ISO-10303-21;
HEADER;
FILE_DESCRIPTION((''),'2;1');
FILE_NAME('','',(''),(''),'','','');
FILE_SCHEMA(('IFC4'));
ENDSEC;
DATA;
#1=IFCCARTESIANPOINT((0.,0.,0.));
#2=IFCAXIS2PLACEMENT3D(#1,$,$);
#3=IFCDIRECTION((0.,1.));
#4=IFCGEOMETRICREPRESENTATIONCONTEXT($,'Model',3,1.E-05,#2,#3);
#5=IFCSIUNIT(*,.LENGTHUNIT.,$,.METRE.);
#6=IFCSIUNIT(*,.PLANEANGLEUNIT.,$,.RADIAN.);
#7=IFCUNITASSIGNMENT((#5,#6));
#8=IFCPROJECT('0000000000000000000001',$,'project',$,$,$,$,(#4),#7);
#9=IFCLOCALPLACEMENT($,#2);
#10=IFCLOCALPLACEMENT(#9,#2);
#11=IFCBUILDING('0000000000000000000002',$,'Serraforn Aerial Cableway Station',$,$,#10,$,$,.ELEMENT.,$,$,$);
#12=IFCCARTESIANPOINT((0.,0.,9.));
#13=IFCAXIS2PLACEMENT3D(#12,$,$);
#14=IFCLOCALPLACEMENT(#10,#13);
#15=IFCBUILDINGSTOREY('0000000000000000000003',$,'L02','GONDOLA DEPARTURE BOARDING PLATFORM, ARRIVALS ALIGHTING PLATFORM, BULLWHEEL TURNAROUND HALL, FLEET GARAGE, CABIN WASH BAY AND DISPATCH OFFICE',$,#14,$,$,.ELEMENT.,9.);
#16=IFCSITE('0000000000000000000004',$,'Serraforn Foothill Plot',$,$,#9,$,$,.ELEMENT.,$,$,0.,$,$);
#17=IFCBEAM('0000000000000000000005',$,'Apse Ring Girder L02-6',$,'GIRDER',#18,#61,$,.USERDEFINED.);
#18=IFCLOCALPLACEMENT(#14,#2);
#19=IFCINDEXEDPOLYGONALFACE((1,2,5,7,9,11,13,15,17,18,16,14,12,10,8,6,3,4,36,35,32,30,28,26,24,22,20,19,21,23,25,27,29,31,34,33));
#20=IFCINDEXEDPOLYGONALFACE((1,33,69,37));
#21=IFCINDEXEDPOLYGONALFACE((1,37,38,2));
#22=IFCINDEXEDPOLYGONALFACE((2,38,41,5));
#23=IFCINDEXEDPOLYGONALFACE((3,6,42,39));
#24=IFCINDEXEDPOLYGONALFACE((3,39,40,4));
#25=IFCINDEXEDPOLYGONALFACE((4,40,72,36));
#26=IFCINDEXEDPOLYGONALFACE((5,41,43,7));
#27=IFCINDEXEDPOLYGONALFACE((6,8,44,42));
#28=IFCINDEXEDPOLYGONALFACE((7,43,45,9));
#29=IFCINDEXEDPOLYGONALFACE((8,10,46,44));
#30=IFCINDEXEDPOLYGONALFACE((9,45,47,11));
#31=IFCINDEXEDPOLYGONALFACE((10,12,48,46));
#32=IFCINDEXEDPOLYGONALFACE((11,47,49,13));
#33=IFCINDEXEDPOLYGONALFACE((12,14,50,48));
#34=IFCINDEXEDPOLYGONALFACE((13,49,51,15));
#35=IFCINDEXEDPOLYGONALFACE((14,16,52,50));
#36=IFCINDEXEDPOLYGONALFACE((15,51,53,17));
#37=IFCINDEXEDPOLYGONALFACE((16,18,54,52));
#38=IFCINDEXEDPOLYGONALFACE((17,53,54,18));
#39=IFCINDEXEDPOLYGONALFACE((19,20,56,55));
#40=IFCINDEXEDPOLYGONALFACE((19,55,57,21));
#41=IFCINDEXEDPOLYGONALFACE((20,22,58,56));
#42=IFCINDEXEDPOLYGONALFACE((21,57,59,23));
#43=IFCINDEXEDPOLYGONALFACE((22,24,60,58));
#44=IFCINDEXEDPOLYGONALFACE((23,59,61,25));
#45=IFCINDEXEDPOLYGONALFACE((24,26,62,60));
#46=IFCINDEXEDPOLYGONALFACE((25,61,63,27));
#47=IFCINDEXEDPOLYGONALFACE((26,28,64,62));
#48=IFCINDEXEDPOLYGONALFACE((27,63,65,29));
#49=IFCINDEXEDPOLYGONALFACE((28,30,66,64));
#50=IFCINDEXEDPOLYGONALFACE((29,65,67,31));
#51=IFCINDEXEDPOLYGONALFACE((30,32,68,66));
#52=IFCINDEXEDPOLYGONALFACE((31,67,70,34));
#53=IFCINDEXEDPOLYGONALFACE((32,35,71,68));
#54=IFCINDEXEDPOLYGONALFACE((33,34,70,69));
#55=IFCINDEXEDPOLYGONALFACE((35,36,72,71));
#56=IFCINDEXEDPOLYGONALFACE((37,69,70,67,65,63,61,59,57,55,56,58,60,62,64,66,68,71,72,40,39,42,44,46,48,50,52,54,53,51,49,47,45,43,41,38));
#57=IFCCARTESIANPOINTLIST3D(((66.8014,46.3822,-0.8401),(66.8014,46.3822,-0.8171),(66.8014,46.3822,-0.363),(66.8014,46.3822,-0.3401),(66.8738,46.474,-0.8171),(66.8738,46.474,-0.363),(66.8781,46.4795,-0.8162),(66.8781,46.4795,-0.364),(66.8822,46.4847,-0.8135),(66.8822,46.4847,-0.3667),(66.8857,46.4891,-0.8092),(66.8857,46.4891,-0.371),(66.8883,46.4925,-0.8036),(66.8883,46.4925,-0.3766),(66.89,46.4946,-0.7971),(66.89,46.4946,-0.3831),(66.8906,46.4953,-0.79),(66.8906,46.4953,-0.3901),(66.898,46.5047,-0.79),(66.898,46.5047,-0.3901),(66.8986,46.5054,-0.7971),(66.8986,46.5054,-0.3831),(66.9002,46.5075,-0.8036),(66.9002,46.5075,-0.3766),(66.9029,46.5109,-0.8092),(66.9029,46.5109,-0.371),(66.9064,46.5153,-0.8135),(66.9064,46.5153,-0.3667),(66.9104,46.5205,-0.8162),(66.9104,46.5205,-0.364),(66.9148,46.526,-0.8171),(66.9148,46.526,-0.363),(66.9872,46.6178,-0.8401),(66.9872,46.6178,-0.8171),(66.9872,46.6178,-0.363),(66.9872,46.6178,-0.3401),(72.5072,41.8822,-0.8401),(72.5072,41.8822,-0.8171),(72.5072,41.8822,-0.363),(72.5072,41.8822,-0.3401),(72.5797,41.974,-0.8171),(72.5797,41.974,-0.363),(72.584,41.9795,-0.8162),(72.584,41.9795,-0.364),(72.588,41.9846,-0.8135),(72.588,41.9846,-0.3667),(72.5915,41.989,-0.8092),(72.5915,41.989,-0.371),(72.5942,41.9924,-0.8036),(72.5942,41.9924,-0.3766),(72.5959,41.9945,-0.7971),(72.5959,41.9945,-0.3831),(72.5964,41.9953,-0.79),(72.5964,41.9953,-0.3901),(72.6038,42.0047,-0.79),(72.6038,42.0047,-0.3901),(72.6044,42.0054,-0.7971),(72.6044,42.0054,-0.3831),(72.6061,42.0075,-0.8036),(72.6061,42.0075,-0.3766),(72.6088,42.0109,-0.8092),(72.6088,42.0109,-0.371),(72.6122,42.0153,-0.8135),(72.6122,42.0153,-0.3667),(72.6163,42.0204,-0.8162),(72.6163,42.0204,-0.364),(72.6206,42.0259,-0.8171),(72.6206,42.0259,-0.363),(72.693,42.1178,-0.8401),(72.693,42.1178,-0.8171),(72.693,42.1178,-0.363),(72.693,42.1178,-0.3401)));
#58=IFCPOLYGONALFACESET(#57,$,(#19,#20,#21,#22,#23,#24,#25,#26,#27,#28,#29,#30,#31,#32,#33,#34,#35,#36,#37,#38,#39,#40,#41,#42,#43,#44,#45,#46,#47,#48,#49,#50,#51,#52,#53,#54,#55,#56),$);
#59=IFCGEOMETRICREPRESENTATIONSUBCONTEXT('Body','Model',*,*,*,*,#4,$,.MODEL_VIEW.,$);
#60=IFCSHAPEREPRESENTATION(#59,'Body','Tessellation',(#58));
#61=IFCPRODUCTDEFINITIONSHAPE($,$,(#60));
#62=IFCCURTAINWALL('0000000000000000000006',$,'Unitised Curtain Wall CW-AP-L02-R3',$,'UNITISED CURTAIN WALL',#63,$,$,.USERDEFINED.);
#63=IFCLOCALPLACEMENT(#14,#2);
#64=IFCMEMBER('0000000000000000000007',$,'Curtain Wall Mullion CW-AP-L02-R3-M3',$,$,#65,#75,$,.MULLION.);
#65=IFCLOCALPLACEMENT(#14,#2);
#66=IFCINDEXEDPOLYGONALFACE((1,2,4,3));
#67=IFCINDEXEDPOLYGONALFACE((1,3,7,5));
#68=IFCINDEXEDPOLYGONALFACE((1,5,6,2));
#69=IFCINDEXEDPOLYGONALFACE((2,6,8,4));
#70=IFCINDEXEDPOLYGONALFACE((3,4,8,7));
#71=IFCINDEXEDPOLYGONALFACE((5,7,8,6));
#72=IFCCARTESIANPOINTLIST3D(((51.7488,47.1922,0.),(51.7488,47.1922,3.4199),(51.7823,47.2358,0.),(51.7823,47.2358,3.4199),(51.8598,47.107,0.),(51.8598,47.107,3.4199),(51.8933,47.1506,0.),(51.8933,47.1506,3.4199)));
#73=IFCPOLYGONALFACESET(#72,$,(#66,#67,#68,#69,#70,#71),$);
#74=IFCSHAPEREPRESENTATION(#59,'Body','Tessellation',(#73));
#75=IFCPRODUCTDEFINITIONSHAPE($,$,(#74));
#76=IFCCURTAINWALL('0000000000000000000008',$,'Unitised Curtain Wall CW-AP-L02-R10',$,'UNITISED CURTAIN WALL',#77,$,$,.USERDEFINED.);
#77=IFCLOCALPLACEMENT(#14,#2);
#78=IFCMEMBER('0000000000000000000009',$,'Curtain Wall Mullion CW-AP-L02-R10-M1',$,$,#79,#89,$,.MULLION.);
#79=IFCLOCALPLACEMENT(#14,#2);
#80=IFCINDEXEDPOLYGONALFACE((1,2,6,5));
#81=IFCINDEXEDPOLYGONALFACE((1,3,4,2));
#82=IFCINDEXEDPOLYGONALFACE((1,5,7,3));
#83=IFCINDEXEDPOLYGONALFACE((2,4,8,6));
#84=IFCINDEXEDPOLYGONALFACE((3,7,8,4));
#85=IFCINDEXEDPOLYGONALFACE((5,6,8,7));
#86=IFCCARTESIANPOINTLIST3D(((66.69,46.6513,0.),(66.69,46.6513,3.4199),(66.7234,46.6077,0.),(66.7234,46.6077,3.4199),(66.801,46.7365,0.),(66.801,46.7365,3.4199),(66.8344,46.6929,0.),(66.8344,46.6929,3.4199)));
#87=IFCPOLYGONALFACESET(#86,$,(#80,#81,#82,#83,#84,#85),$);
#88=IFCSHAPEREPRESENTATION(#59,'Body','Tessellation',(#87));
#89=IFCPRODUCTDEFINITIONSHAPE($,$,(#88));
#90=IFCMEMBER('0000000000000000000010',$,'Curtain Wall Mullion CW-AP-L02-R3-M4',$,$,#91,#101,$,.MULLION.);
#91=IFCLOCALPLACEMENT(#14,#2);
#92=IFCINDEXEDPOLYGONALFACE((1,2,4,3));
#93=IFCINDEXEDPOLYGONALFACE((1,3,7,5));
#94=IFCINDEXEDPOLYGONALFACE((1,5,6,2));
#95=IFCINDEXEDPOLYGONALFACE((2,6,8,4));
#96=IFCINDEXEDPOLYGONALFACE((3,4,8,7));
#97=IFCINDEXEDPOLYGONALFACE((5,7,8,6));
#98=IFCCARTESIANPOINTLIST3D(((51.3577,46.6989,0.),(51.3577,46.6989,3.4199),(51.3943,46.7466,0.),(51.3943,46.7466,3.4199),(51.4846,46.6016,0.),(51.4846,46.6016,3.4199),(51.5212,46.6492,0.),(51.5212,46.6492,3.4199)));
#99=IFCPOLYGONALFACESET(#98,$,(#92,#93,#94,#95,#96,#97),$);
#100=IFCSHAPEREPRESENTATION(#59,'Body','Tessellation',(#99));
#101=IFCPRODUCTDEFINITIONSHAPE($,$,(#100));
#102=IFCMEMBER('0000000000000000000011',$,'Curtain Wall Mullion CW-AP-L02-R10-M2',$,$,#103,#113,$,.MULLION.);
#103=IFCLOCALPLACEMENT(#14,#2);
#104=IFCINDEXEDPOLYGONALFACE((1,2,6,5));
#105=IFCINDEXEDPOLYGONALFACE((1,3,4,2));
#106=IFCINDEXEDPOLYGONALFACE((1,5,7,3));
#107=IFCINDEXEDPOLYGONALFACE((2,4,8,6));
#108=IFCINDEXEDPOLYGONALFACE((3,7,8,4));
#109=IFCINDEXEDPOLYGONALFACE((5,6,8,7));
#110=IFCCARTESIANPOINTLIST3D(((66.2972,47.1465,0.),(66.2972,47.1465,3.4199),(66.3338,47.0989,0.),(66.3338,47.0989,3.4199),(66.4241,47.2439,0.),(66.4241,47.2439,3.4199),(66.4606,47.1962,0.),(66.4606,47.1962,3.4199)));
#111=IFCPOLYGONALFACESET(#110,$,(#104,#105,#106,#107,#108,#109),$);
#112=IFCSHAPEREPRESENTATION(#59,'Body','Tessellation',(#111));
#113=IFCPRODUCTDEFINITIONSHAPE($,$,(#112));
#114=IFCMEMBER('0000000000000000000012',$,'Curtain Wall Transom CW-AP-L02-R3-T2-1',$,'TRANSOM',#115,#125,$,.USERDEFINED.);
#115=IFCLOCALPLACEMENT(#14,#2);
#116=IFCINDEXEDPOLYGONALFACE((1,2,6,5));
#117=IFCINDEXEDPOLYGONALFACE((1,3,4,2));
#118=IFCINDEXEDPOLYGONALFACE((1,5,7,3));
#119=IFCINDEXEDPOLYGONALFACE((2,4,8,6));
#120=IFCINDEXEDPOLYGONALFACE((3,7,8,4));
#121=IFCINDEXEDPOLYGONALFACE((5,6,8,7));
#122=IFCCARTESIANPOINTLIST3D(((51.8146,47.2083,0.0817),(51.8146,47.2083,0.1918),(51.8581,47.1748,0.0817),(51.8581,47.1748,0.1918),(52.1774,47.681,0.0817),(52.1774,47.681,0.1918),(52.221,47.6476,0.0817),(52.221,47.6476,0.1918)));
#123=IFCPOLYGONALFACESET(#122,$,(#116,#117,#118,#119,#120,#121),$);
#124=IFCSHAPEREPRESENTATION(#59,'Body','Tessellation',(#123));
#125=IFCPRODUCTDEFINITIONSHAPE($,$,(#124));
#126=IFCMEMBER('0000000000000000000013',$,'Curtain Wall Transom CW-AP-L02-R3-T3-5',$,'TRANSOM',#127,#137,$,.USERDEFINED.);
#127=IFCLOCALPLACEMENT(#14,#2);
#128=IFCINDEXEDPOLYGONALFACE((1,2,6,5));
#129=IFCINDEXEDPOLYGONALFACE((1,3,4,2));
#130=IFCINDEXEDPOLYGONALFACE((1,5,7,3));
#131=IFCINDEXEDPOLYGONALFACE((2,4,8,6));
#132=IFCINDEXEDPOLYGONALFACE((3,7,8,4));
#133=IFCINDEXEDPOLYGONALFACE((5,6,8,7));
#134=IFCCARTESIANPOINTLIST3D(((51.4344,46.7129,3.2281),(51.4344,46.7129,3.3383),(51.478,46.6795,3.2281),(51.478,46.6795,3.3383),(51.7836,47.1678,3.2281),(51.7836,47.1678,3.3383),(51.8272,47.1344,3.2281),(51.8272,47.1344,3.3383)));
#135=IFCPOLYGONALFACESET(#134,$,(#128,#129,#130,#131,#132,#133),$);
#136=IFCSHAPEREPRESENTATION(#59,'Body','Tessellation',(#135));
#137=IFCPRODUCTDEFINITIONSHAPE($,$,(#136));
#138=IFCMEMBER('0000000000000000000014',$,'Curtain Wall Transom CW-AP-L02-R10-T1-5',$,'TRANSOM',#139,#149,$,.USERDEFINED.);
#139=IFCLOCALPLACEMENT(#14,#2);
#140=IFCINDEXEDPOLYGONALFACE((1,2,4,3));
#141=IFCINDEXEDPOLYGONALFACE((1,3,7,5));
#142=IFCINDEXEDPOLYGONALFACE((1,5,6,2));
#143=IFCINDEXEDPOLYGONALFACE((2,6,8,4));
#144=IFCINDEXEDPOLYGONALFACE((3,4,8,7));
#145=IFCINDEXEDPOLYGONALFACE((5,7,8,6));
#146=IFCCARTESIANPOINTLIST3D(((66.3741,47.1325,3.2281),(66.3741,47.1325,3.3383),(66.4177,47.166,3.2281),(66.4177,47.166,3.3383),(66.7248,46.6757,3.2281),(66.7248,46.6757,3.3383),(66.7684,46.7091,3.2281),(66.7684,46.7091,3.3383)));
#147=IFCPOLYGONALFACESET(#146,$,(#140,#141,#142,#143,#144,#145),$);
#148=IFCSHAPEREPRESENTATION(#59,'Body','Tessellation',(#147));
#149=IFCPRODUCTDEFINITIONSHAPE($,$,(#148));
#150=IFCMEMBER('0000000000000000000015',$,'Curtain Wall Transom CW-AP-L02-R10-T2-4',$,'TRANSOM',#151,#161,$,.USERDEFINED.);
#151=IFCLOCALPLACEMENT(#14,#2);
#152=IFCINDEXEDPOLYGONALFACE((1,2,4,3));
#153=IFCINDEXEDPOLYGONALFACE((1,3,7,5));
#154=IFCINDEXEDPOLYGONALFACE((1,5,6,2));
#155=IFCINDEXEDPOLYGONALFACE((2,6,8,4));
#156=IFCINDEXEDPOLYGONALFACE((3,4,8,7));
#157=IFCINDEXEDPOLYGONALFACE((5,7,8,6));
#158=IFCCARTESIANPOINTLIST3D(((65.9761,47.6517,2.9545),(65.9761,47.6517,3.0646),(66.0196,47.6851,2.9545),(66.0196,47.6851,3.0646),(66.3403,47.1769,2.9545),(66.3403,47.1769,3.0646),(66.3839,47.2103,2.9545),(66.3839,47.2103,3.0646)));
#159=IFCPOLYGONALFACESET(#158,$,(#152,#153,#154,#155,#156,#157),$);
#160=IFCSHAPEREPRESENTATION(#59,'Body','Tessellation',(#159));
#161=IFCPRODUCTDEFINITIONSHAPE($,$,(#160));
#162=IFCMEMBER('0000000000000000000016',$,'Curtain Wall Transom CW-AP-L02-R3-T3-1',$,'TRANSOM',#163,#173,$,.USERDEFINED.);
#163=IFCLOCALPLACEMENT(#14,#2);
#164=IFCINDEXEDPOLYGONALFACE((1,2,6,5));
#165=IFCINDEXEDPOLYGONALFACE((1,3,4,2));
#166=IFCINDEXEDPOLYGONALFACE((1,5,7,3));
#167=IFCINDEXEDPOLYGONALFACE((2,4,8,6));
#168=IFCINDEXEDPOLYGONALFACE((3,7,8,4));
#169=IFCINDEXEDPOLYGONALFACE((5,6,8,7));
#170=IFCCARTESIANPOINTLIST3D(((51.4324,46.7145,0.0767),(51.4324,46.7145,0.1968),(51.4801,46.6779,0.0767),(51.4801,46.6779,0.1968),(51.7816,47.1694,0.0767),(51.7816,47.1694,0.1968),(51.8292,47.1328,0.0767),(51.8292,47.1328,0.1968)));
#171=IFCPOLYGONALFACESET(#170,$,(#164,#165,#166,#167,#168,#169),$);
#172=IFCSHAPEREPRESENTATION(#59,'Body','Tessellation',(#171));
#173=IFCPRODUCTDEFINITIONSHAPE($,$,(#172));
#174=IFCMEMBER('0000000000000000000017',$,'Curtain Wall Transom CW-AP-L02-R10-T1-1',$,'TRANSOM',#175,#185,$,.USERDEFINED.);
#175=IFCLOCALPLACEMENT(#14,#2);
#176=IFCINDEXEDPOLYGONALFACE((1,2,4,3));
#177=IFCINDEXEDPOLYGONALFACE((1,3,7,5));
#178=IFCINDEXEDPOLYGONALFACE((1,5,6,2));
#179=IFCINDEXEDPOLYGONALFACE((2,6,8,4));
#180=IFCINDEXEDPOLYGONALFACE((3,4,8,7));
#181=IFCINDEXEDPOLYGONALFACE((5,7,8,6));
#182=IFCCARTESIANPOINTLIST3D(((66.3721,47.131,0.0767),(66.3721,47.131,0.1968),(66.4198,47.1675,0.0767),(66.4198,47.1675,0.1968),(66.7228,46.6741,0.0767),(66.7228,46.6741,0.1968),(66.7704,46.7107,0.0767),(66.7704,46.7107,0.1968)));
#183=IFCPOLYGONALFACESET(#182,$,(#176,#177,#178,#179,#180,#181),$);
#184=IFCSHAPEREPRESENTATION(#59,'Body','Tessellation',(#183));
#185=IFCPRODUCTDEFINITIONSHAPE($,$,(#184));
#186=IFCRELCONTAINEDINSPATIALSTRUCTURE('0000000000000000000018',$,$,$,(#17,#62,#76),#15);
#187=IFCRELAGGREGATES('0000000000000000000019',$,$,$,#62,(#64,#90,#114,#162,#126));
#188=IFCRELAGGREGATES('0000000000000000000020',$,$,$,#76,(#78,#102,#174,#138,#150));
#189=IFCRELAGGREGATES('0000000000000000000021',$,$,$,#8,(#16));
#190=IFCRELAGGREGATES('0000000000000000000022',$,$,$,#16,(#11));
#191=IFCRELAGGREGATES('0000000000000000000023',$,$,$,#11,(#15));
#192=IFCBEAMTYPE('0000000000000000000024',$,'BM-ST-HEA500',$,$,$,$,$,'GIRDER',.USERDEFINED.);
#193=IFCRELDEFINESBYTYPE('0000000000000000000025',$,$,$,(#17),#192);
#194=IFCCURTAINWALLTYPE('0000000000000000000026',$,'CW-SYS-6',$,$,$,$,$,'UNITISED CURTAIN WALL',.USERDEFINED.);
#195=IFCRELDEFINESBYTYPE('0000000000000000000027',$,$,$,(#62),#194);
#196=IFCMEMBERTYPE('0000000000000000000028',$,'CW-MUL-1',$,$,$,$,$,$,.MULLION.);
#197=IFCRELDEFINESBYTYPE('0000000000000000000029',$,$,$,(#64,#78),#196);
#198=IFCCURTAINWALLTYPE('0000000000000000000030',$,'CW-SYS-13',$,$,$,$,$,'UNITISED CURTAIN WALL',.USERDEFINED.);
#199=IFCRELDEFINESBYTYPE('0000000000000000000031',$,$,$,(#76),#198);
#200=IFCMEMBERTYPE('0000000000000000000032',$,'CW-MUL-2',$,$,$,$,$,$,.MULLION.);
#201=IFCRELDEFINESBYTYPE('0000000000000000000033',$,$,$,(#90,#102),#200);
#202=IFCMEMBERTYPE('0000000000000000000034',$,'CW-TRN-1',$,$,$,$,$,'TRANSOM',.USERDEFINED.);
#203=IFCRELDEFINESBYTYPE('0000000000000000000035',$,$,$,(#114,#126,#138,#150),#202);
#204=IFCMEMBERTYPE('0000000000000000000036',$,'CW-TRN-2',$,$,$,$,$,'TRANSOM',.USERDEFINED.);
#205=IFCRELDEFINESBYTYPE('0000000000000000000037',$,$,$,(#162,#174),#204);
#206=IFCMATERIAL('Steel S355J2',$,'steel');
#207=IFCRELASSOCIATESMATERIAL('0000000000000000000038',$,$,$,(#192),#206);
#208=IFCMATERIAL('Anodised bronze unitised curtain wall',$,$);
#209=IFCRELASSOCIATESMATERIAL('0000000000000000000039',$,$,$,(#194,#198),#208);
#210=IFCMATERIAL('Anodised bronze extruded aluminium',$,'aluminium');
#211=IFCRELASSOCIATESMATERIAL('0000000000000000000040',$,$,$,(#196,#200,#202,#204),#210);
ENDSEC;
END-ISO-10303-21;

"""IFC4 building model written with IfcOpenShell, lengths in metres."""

from ifc_helpers import new_model, si_unit, direction, frame, origin, origin_2d, place, context, subcontext, project, spatial, rectangle, i_section, extrude, material, material_profile, profile_set, type_object, element, aggregate, save


model = new_model("IFC4")

# Units and contexts
model_context = context("Model", 3, precision=1e-05, world=origin(), true_north=direction((0.0, 1.0)))
body_context = subcontext(model_context, "Body", "Model", "MODEL_VIEW")
ifc_project = project(units=[si_unit("LENGTHUNIT", "METRE"), si_unit("PLANEANGLEUNIT", "RADIAN")], contexts=[model_context])

# Site, building, storey
site_placement = place(None, origin())
site = spatial("IfcSite", under=ifc_project, at=site_placement, Name="Serraforn Foothill Plot", CompositionType="ELEMENT", RefElevation=0.0)
building_placement = place(site_placement, origin())
building = spatial("IfcBuilding", under=site, at=building_placement, Name="Serraforn Aerial Cableway Station", CompositionType="ELEMENT")
storey_placement = place(building_placement, frame((0.0, 0.0, 9.0)))
storey = spatial("IfcBuildingStorey", under=building, at=storey_placement, Name="L02", Description="GONDOLA DEPARTURE BOARDING PLATFORM, ARRIVALS ALIGHTING PLATFORM, BULLWHEEL TURNAROUND HALL, FLEET GARAGE, CABIN WASH BAY AND DISPATCH OFFICE", CompositionType="ELEMENT", Elevation=9.0)

# Beam
ifc_material_1 = material(Name="Steel S355J2", Category="steel")
ifc_material_profile_1 = material_profile(ifc_material_1, i_section(OverallWidth=0.3, OverallDepth=0.5, WebThickness=0.012, FlangeThickness=0.0229, FilletRadius=0.0271, at=origin_2d()), Name="HEA 500")
ifc_profile_set_1 = profile_set([ifc_material_profile_1], Name="Steel S355J2")
beam_type = type_object("IfcBeamType", Name="BM-ST-HEA500", ElementType="GIRDER", PredefinedType="USERDEFINED", material=ifc_profile_set_1)
beam_placement = place(storey_placement, frame((66.8943, 46.5, -0.5901), z_axis=(0.78519, -0.619255, 0.0), x_axis=(0.619255, 0.78519, 0.0)))
element("IfcBeam", 1, at=beam_placement, inside=storey, type_object=beam_type, Name="Apse Ring Girder L02-6", ObjectType="GIRDER", PredefinedType="USERDEFINED", context=body_context, shape_type="SweptSolid", body=[
    extrude(i_section(OverallWidth=0.3, OverallDepth=0.5, WebThickness=0.012, FlangeThickness=0.0229, FilletRadius=0.0271, at=origin_2d()), origin(), (0.0, 0.0, 1.0), 7.2668),
])

# Curtain walls, members
ifc_material_2 = material(Name="Anodised bronze unitised curtain wall")
curtain_wall_type_1 = type_object("IfcCurtainWallType", Name="CW-SYS-6", ElementType="UNITISED CURTAIN WALL", PredefinedType="USERDEFINED", material=ifc_material_2)
curtain_wall_1_placement = place(storey_placement, origin())
curtain_wall_1 = element("IfcCurtainWall", 2, at=curtain_wall_1_placement, inside=storey, type_object=curtain_wall_type_1, Name="Unitised Curtain Wall CW-AP-L02-R3", ObjectType="UNITISED CURTAIN WALL", PredefinedType="USERDEFINED")
ifc_material_3 = material(Name="Anodised bronze extruded aluminium", Category="aluminium")
ifc_material_profile_2 = material_profile(ifc_material_3, rectangle(XDim=0.0549, YDim=0.1399, at=origin_2d()), Name="CW MULLION 55x140")
ifc_profile_set_2 = profile_set([ifc_material_profile_2], Name="Anodised bronze extruded aluminium")
member_type_1 = type_object("IfcMemberType", Name="CW-MUL-1", PredefinedType="MULLION", material=ifc_profile_set_2)
member_1_placement = place(storey_placement, frame((51.821, 47.1714, 0.0), z_axis=(0.0, 0.0, 1.0), x_axis=(-0.608749, -0.793363, 0.0)))
member_1 = element("IfcMember", 3, at=member_1_placement, type_object=member_type_1, Name="Curtain Wall Mullion CW-AP-L02-R3-M3", PredefinedType="MULLION", context=body_context, shape_type="SweptSolid", body=[
    extrude(rectangle(XDim=0.0549, YDim=0.1399, at=origin_2d()), origin(), (0.0, 0.0, 1.0), 3.4199),
])
curtain_wall_type_2 = type_object("IfcCurtainWallType", Name="CW-SYS-13", ElementType="UNITISED CURTAIN WALL", PredefinedType="USERDEFINED", material=ifc_material_2)
curtain_wall_2_placement = place(storey_placement, origin())
curtain_wall_2 = element("IfcCurtainWall", 4, at=curtain_wall_2_placement, inside=storey, type_object=curtain_wall_type_2, Name="Unitised Curtain Wall CW-AP-L02-R10", ObjectType="UNITISED CURTAIN WALL", PredefinedType="USERDEFINED")
member_2_placement = place(storey_placement, frame((66.7622, 46.6721, 0.0), z_axis=(0.0, 0.0, 1.0), x_axis=(-0.608749, 0.793363, 0.0)))
member_2 = element("IfcMember", 5, at=member_2_placement, type_object=member_type_1, Name="Curtain Wall Mullion CW-AP-L02-R10-M1", PredefinedType="MULLION", context=body_context, shape_type="SweptSolid", body=[
    extrude(rectangle(XDim=0.0549, YDim=0.1399, at=origin_2d()), origin(), (0.0, 0.0, 1.0), 3.4199),
])

# Members
ifc_material_profile_3 = material_profile(ifc_material_3, rectangle(XDim=0.0601, YDim=0.1599, at=origin_2d()), Name="CW MULLION 60x160")
ifc_profile_set_3 = profile_set([ifc_material_profile_3], Name="Anodised bronze extruded aluminium")
member_type_2 = type_object("IfcMemberType", Name="CW-MUL-2", PredefinedType="MULLION", material=ifc_profile_set_3)
member_3_placement = place(storey_placement, frame((51.4395, 46.6741, 0.0), z_axis=(0.0, 0.0, 1.0), x_axis=(-0.608749, -0.793363, 0.0)))
member_3 = element("IfcMember", 6, at=member_3_placement, type_object=member_type_2, Name="Curtain Wall Mullion CW-AP-L02-R3-M4", PredefinedType="MULLION", context=body_context, shape_type="SweptSolid", body=[
    extrude(rectangle(XDim=0.0601, YDim=0.1599, at=origin_2d()), origin(), (0.0, 0.0, 1.0), 3.4199),
])
member_4_placement = place(storey_placement, frame((66.3789, 47.1714, 0.0), z_axis=(0.0, 0.0, 1.0), x_axis=(-0.608749, 0.793363, 0.0)))
member_4 = element("IfcMember", 7, at=member_4_placement, type_object=member_type_2, Name="Curtain Wall Mullion CW-AP-L02-R10-M2", PredefinedType="MULLION", context=body_context, shape_type="SweptSolid", body=[
    extrude(rectangle(XDim=0.0601, YDim=0.1599, at=origin_2d()), origin(), (0.0, 0.0, 1.0), 3.4199),
])
ifc_material_profile_4 = material_profile(ifc_material_3, rectangle(XDim=0.0549, YDim=0.1101, at=origin_2d()), Name="CW TRANSOM 55x110")
ifc_profile_set_4 = profile_set([ifc_material_profile_4], Name="Anodised bronze extruded aluminium")
member_type_3 = type_object("IfcMemberType", Name="CW-TRN-1", ElementType="TRANSOM", PredefinedType="USERDEFINED", material=ifc_profile_set_4)
member_5_placement = place(storey_placement, frame((52.1992, 47.6643, 0.1367), z_axis=(-0.608879, -0.793263, 0.0), x_axis=(0.793263, -0.608879, 0.0)))
member_5 = element("IfcMember", 8, at=member_5_placement, type_object=member_type_3, Name="Curtain Wall Transom CW-AP-L02-R3-T2-1", ObjectType="TRANSOM", PredefinedType="USERDEFINED", context=body_context, shape_type="SweptSolid", body=[
    extrude(rectangle(XDim=0.0549, YDim=0.1101, at=origin_2d()), origin(), (0.0, 0.0, 1.0), 0.5959),
])
member_6_placement = place(storey_placement, frame((51.8054, 47.1511, 3.2832), z_axis=(-0.608887, -0.793257, 0.0), x_axis=(0.793257, -0.608887, 0.0)))
member_6 = element("IfcMember", 9, at=member_6_placement, type_object=member_type_3, Name="Curtain Wall Transom CW-AP-L02-R3-T3-5", ObjectType="TRANSOM", PredefinedType="USERDEFINED", context=body_context, shape_type="SweptSolid", body=[
    extrude(rectangle(XDim=0.0549, YDim=0.1101, at=origin_2d()), origin(), (0.0, 0.0, 1.0), 0.5735),
])
member_7_placement = place(storey_placement, frame((66.7466, 46.6924, 3.2832), z_axis=(-0.60885, 0.793286, 0.0), x_axis=(-0.793286, -0.60885, 0.0)))
member_7 = element("IfcMember", 10, at=member_7_placement, type_object=member_type_3, Name="Curtain Wall Transom CW-AP-L02-R10-T1-5", ObjectType="TRANSOM", PredefinedType="USERDEFINED", context=body_context, shape_type="SweptSolid", body=[
    extrude(rectangle(XDim=0.0549, YDim=0.1101, at=origin_2d()), origin(), (0.0, 0.0, 1.0), 0.5759),
])
member_8_placement = place(storey_placement, frame((66.3621, 47.1936, 3.0095), z_axis=(-0.608646, 0.793442, 0.0), x_axis=(-0.793442, -0.608646, 0.0)))
member_8 = element("IfcMember", 11, at=member_8_placement, type_object=member_type_3, Name="Curtain Wall Transom CW-AP-L02-R10-T2-4", ObjectType="TRANSOM", PredefinedType="USERDEFINED", context=body_context, shape_type="SweptSolid", body=[
    extrude(rectangle(XDim=0.0549, YDim=0.1101, at=origin_2d()), origin(), (0.0, 0.0, 1.0), 0.5984),
])
ifc_material_profile_5 = material_profile(ifc_material_3, rectangle(XDim=0.0601, YDim=0.1201, at=origin_2d()), Name="CW TRANSOM 60x120")
ifc_profile_set_5 = profile_set([ifc_material_profile_5], Name="Anodised bronze extruded aluminium")
member_type_4 = type_object("IfcMemberType", Name="CW-TRN-2", ElementType="TRANSOM", PredefinedType="USERDEFINED", material=ifc_profile_set_5)
member_9_placement = place(storey_placement, frame((51.8054, 47.1511, 0.1367), z_axis=(-0.608887, -0.793257, 0.0), x_axis=(0.793257, -0.608887, 0.0)))
member_9 = element("IfcMember", 12, at=member_9_placement, type_object=member_type_4, Name="Curtain Wall Transom CW-AP-L02-R3-T3-1", ObjectType="TRANSOM", PredefinedType="USERDEFINED", context=body_context, shape_type="SweptSolid", body=[
    extrude(rectangle(XDim=0.0601, YDim=0.1201, at=origin_2d()), origin(), (0.0, 0.0, 1.0), 0.5735),
])
member_10_placement = place(storey_placement, frame((66.7466, 46.6924, 0.1367), z_axis=(-0.60885, 0.793286, 0.0), x_axis=(-0.793286, -0.60885, 0.0)))
member_10 = element("IfcMember", 13, at=member_10_placement, type_object=member_type_4, Name="Curtain Wall Transom CW-AP-L02-R10-T1-1", ObjectType="TRANSOM", PredefinedType="USERDEFINED", context=body_context, shape_type="SweptSolid", body=[
    extrude(rectangle(XDim=0.0601, YDim=0.1201, at=origin_2d()), origin(), (0.0, 0.0, 1.0), 0.5759),
])

aggregate(curtain_wall_1, [member_1, member_3, member_5, member_9, member_6])
aggregate(curtain_wall_2, [member_2, member_4, member_10, member_7, member_8])

save(model, "model.ifc")
